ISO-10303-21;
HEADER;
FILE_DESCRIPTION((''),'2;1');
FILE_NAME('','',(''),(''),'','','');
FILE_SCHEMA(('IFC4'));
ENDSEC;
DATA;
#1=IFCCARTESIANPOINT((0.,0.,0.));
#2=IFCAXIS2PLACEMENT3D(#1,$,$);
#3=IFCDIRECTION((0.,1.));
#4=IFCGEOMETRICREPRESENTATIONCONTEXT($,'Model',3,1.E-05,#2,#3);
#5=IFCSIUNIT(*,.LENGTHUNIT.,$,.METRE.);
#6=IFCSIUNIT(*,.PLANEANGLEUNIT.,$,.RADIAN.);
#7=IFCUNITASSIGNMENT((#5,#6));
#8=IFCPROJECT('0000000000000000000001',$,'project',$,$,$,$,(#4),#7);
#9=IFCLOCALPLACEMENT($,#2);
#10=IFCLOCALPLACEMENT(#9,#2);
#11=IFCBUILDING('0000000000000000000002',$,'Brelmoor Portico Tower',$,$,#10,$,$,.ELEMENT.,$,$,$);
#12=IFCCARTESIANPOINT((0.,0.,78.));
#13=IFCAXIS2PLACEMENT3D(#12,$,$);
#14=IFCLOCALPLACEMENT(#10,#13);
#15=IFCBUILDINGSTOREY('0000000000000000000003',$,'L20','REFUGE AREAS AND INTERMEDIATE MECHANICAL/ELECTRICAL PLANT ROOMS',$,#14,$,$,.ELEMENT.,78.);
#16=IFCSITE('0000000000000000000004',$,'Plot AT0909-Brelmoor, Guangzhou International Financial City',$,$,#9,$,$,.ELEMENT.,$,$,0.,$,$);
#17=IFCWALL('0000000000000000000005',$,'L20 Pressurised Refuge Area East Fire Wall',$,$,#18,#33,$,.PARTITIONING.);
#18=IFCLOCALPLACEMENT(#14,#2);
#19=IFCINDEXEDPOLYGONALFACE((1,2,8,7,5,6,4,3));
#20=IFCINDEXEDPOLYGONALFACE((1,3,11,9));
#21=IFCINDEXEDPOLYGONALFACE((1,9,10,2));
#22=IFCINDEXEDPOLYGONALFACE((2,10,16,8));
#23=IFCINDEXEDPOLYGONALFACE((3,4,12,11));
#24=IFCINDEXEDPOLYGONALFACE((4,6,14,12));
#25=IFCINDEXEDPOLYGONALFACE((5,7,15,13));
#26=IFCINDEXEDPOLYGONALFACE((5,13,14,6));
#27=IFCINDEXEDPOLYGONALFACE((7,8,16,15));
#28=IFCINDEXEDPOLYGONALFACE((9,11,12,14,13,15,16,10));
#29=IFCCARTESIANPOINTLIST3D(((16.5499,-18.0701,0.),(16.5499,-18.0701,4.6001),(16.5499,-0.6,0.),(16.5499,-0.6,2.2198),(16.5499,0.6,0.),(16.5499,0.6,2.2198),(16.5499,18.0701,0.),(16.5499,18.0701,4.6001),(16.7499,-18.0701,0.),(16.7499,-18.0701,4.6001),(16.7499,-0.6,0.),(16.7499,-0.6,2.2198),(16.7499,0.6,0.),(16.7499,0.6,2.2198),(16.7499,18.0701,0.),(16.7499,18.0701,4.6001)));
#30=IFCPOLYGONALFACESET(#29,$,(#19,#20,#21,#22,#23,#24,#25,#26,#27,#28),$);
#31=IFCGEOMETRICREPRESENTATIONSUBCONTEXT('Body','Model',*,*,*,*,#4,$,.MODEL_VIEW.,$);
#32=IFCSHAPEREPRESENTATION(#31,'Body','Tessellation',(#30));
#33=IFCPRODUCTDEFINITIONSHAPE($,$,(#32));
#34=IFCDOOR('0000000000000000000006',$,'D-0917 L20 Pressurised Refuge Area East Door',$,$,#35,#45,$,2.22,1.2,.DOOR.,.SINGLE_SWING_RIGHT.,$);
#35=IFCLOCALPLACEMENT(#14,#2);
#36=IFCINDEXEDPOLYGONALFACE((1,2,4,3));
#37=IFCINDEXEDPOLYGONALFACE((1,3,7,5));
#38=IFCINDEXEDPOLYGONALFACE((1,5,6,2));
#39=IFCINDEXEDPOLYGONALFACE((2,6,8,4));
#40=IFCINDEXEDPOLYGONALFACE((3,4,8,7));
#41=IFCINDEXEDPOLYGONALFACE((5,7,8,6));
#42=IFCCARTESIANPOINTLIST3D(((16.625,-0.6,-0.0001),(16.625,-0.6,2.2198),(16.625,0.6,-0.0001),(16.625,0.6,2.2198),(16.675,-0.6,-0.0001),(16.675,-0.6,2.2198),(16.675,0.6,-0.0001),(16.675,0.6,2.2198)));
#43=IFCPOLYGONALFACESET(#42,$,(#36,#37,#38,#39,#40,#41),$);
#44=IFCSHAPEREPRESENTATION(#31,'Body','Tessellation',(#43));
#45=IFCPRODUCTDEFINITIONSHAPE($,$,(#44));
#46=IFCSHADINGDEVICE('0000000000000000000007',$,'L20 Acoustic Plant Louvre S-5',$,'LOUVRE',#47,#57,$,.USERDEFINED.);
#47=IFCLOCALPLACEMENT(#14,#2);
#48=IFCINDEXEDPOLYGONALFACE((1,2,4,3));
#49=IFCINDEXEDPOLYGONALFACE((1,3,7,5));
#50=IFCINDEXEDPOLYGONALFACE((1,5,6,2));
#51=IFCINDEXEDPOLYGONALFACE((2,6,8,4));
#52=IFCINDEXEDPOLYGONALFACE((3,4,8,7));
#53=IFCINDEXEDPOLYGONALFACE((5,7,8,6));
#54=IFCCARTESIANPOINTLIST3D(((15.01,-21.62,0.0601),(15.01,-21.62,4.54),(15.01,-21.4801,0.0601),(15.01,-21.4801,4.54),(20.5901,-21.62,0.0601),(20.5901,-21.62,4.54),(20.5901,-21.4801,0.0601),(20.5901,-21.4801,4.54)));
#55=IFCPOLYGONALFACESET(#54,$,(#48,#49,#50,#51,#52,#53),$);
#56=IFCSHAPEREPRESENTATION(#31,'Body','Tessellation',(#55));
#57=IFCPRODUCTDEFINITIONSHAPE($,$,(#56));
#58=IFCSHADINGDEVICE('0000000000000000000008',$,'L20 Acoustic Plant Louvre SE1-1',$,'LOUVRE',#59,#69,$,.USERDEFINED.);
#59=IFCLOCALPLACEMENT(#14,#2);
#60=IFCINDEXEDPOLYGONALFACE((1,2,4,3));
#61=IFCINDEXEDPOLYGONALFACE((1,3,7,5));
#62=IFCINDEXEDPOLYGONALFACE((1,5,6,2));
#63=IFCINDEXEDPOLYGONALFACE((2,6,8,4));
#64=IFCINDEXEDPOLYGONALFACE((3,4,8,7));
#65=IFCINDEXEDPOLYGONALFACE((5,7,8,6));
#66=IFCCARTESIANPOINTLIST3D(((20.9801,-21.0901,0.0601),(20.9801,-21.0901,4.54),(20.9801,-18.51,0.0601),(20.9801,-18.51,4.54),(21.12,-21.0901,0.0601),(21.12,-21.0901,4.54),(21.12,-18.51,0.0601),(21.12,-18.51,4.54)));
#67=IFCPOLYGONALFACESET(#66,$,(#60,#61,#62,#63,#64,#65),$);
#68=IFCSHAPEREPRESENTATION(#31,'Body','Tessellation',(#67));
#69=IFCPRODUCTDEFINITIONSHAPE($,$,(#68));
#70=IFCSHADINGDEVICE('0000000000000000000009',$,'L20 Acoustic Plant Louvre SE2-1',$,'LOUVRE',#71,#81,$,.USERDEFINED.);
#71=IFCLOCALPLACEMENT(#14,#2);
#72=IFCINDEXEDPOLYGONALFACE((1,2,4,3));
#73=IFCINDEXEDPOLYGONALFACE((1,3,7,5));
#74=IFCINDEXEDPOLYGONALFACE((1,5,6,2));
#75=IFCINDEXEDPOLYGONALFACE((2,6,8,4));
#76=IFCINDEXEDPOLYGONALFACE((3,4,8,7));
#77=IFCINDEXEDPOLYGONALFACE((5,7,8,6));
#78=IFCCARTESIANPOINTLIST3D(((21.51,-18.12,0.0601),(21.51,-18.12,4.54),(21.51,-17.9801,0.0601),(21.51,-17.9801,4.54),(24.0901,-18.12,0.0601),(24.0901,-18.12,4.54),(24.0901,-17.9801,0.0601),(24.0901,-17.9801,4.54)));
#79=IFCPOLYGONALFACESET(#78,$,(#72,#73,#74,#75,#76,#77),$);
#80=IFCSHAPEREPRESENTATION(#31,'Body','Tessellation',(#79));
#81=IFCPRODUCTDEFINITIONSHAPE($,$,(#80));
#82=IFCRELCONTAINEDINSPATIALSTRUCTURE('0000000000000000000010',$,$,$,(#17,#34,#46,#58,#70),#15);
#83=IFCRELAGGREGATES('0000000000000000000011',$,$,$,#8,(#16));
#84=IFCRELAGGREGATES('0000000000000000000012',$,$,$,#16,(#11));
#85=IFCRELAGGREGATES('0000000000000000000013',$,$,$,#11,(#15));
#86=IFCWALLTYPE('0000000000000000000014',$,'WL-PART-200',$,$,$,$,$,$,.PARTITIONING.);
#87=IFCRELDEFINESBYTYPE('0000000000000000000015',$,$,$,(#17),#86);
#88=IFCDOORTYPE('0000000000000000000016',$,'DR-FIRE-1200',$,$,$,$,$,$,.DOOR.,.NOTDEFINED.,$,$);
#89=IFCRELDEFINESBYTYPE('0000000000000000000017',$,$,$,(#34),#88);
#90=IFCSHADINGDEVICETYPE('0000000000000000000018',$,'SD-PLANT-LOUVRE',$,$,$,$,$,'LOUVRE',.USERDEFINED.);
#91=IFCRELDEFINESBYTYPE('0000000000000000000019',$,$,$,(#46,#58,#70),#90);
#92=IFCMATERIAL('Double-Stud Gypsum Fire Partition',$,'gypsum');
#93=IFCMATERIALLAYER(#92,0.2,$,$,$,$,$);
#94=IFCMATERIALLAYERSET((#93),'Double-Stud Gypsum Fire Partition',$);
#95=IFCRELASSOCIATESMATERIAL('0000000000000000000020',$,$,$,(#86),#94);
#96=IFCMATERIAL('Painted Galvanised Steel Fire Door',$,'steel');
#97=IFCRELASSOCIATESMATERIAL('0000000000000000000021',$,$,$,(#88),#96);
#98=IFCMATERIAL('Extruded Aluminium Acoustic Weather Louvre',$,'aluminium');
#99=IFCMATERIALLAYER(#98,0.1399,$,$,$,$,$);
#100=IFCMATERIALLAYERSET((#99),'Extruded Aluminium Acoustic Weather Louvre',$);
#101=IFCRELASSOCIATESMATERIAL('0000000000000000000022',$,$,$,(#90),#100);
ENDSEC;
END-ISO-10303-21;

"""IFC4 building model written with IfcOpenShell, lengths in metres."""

from ifc_helpers import new_model, si_unit, direction, frame, frame_2d, origin, origin_2d, place, context, subcontext, project, spatial, rectangle, extrude, material, layer, layer_set, type_object, element, fill, save


model = new_model("IFC4")

# Units and contexts
model_context = context("Model", 3, precision=1e-05, world=origin(), true_north=direction((0.0, 1.0)))
body_context = subcontext(model_context, "Body", "Model", "MODEL_VIEW")
ifc_project = project(units=[si_unit("LENGTHUNIT", "METRE"), si_unit("PLANEANGLEUNIT", "RADIAN")], contexts=[model_context])

# Site, building, storey
site_placement = place(None, origin())
site = spatial("IfcSite", under=ifc_project, at=site_placement, Name="Plot AT0909-Brelmoor, Guangzhou International Financial City", CompositionType="ELEMENT", RefElevation=0.0)
building_placement = place(site_placement, origin())
building = spatial("IfcBuilding", under=site, at=building_placement, Name="Brelmoor Portico Tower", CompositionType="ELEMENT")
storey_placement = place(building_placement, frame((0.0, 0.0, 78.0)))
storey = spatial("IfcBuildingStorey", under=building, at=storey_placement, Name="L20", Description="REFUGE AREAS AND INTERMEDIATE MECHANICAL/ELECTRICAL PLANT ROOMS", CompositionType="ELEMENT", Elevation=78.0)

# Wall, opening, door
ifc_material_1 = material(Name="Double-Stud Gypsum Fire Partition", Category="gypsum")
ifc_layer_1 = layer(ifc_material_1, 0.2)
ifc_layer_set_1 = layer_set([ifc_layer_1], Name="Double-Stud Gypsum Fire Partition")
wall_type_1 = type_object("IfcWallType", Name="WL-PART-200", PredefinedType="PARTITIONING", material=ifc_layer_set_1)
wall_1_placement = place(storey_placement, frame((16.6499, -18.0701, 0.0), z_axis=(0.0, 0.0, 1.0), x_axis=(0.0, 1.0, 0.0)))
wall_1 = element("IfcWall", 1, at=wall_1_placement, inside=storey, type_object=wall_type_1, Name="L20 Pressurised Refuge Area East Fire Wall", PredefinedType="PARTITIONING", context=body_context, shape_type="SweptSolid", body=[
    extrude(rectangle(XDim=36.1401, YDim=0.2, at=frame_2d((18.0701, 0.0))), origin(), (0.0, 0.0, 1.0), 4.6001),
])
opening_placement = place(wall_1_placement, frame((17.47, 0.0, 0.0)))
opening = element("IfcOpeningElement", 2, at=opening_placement, cuts=wall_1, PredefinedType="OPENING", context=body_context, shape_type="SweptSolid", body=[
    extrude(rectangle(XDim=1.2, YDim=2.22, at=frame_2d((0.6001, 1.1099))), frame((0.0, 0.1099, 0.0), z_axis=(0.0, -1.0, 0.0), x_axis=(1.0, 0.0, 0.0)), (0.0, 0.0, 1.0), 0.22),
])
ifc_material_2 = material(Name="Painted Galvanised Steel Fire Door", Category="steel")
door_type = type_object("IfcDoorType", Name="DR-FIRE-1200", OperationType="NOTDEFINED", PredefinedType="DOOR", material=ifc_material_2)
door_placement = place(opening_placement, origin())
door = element("IfcDoor", 3, at=door_placement, inside=storey, type_object=door_type, Name="D-0917 L20 Pressurised Refuge Area East Door", OperationType="SINGLE_SWING_RIGHT", OverallHeight=2.22, OverallWidth=1.2, PredefinedType="DOOR", context=body_context, shape_type="SweptSolid", body=[
    extrude(rectangle(XDim=1.2, YDim=2.22, at=frame_2d((0.6001, 1.1099))), frame((0.0, 0.0249, 0.0), z_axis=(0.0, -1.0, 0.0), x_axis=(1.0, 0.0, 0.0)), (0.0, 0.0, 1.0), 0.05),
])
fill(opening, door)

# Shading devices
ifc_material_3 = material(Name="Extruded Aluminium Acoustic Weather Louvre", Category="aluminium")
ifc_layer_2 = layer(ifc_material_3, 0.1399)
ifc_layer_set_2 = layer_set([ifc_layer_2], Name="Extruded Aluminium Acoustic Weather Louvre")
shading_device_type = type_object("IfcShadingDeviceType", Name="SD-PLANT-LOUVRE", ElementType="LOUVRE", PredefinedType="USERDEFINED", material=ifc_layer_set_2)
shading_device_placement = place(storey_placement, frame((17.8, -21.55, 0.0601), z_axis=(0.0, 0.0, 1.0), x_axis=(1.0, 0.0, 0.0)))
element("IfcShadingDevice", 4, at=shading_device_placement, inside=storey, type_object=shading_device_type, Name="L20 Acoustic Plant Louvre S-5", ObjectType="LOUVRE", PredefinedType="USERDEFINED", context=body_context, shape_type="SweptSolid", body=[
    extrude(rectangle(XDim=5.5801, YDim=0.1399, at=origin_2d()), origin(), (0.0, 0.0, 1.0), 4.48),
])
for number, where, z_axis, x_axis, name in (
    (5, (21.05, -19.8, 0.0601), (0.0, 0.0, 1.0), (0.0, 1.0, 0.0), "L20 Acoustic Plant Louvre SE1-1"),
    (6, (22.8, -18.05, 0.0601), (0.0, 0.0, 1.0), (1.0, 0.0, 0.0), "L20 Acoustic Plant Louvre SE2-1"),
):
    element("IfcShadingDevice", number, at=place(storey_placement, frame(where, z_axis=z_axis, x_axis=x_axis)), inside=storey, type_object=shading_device_type, Name=name, ObjectType="LOUVRE", PredefinedType="USERDEFINED", context=body_context, shape_type="SweptSolid", body=[
        extrude(rectangle(XDim=2.5801, YDim=0.1399, at=origin_2d()), origin(), (0.0, 0.0, 1.0), 4.48),
    ])

save(model, "model.ifc")
